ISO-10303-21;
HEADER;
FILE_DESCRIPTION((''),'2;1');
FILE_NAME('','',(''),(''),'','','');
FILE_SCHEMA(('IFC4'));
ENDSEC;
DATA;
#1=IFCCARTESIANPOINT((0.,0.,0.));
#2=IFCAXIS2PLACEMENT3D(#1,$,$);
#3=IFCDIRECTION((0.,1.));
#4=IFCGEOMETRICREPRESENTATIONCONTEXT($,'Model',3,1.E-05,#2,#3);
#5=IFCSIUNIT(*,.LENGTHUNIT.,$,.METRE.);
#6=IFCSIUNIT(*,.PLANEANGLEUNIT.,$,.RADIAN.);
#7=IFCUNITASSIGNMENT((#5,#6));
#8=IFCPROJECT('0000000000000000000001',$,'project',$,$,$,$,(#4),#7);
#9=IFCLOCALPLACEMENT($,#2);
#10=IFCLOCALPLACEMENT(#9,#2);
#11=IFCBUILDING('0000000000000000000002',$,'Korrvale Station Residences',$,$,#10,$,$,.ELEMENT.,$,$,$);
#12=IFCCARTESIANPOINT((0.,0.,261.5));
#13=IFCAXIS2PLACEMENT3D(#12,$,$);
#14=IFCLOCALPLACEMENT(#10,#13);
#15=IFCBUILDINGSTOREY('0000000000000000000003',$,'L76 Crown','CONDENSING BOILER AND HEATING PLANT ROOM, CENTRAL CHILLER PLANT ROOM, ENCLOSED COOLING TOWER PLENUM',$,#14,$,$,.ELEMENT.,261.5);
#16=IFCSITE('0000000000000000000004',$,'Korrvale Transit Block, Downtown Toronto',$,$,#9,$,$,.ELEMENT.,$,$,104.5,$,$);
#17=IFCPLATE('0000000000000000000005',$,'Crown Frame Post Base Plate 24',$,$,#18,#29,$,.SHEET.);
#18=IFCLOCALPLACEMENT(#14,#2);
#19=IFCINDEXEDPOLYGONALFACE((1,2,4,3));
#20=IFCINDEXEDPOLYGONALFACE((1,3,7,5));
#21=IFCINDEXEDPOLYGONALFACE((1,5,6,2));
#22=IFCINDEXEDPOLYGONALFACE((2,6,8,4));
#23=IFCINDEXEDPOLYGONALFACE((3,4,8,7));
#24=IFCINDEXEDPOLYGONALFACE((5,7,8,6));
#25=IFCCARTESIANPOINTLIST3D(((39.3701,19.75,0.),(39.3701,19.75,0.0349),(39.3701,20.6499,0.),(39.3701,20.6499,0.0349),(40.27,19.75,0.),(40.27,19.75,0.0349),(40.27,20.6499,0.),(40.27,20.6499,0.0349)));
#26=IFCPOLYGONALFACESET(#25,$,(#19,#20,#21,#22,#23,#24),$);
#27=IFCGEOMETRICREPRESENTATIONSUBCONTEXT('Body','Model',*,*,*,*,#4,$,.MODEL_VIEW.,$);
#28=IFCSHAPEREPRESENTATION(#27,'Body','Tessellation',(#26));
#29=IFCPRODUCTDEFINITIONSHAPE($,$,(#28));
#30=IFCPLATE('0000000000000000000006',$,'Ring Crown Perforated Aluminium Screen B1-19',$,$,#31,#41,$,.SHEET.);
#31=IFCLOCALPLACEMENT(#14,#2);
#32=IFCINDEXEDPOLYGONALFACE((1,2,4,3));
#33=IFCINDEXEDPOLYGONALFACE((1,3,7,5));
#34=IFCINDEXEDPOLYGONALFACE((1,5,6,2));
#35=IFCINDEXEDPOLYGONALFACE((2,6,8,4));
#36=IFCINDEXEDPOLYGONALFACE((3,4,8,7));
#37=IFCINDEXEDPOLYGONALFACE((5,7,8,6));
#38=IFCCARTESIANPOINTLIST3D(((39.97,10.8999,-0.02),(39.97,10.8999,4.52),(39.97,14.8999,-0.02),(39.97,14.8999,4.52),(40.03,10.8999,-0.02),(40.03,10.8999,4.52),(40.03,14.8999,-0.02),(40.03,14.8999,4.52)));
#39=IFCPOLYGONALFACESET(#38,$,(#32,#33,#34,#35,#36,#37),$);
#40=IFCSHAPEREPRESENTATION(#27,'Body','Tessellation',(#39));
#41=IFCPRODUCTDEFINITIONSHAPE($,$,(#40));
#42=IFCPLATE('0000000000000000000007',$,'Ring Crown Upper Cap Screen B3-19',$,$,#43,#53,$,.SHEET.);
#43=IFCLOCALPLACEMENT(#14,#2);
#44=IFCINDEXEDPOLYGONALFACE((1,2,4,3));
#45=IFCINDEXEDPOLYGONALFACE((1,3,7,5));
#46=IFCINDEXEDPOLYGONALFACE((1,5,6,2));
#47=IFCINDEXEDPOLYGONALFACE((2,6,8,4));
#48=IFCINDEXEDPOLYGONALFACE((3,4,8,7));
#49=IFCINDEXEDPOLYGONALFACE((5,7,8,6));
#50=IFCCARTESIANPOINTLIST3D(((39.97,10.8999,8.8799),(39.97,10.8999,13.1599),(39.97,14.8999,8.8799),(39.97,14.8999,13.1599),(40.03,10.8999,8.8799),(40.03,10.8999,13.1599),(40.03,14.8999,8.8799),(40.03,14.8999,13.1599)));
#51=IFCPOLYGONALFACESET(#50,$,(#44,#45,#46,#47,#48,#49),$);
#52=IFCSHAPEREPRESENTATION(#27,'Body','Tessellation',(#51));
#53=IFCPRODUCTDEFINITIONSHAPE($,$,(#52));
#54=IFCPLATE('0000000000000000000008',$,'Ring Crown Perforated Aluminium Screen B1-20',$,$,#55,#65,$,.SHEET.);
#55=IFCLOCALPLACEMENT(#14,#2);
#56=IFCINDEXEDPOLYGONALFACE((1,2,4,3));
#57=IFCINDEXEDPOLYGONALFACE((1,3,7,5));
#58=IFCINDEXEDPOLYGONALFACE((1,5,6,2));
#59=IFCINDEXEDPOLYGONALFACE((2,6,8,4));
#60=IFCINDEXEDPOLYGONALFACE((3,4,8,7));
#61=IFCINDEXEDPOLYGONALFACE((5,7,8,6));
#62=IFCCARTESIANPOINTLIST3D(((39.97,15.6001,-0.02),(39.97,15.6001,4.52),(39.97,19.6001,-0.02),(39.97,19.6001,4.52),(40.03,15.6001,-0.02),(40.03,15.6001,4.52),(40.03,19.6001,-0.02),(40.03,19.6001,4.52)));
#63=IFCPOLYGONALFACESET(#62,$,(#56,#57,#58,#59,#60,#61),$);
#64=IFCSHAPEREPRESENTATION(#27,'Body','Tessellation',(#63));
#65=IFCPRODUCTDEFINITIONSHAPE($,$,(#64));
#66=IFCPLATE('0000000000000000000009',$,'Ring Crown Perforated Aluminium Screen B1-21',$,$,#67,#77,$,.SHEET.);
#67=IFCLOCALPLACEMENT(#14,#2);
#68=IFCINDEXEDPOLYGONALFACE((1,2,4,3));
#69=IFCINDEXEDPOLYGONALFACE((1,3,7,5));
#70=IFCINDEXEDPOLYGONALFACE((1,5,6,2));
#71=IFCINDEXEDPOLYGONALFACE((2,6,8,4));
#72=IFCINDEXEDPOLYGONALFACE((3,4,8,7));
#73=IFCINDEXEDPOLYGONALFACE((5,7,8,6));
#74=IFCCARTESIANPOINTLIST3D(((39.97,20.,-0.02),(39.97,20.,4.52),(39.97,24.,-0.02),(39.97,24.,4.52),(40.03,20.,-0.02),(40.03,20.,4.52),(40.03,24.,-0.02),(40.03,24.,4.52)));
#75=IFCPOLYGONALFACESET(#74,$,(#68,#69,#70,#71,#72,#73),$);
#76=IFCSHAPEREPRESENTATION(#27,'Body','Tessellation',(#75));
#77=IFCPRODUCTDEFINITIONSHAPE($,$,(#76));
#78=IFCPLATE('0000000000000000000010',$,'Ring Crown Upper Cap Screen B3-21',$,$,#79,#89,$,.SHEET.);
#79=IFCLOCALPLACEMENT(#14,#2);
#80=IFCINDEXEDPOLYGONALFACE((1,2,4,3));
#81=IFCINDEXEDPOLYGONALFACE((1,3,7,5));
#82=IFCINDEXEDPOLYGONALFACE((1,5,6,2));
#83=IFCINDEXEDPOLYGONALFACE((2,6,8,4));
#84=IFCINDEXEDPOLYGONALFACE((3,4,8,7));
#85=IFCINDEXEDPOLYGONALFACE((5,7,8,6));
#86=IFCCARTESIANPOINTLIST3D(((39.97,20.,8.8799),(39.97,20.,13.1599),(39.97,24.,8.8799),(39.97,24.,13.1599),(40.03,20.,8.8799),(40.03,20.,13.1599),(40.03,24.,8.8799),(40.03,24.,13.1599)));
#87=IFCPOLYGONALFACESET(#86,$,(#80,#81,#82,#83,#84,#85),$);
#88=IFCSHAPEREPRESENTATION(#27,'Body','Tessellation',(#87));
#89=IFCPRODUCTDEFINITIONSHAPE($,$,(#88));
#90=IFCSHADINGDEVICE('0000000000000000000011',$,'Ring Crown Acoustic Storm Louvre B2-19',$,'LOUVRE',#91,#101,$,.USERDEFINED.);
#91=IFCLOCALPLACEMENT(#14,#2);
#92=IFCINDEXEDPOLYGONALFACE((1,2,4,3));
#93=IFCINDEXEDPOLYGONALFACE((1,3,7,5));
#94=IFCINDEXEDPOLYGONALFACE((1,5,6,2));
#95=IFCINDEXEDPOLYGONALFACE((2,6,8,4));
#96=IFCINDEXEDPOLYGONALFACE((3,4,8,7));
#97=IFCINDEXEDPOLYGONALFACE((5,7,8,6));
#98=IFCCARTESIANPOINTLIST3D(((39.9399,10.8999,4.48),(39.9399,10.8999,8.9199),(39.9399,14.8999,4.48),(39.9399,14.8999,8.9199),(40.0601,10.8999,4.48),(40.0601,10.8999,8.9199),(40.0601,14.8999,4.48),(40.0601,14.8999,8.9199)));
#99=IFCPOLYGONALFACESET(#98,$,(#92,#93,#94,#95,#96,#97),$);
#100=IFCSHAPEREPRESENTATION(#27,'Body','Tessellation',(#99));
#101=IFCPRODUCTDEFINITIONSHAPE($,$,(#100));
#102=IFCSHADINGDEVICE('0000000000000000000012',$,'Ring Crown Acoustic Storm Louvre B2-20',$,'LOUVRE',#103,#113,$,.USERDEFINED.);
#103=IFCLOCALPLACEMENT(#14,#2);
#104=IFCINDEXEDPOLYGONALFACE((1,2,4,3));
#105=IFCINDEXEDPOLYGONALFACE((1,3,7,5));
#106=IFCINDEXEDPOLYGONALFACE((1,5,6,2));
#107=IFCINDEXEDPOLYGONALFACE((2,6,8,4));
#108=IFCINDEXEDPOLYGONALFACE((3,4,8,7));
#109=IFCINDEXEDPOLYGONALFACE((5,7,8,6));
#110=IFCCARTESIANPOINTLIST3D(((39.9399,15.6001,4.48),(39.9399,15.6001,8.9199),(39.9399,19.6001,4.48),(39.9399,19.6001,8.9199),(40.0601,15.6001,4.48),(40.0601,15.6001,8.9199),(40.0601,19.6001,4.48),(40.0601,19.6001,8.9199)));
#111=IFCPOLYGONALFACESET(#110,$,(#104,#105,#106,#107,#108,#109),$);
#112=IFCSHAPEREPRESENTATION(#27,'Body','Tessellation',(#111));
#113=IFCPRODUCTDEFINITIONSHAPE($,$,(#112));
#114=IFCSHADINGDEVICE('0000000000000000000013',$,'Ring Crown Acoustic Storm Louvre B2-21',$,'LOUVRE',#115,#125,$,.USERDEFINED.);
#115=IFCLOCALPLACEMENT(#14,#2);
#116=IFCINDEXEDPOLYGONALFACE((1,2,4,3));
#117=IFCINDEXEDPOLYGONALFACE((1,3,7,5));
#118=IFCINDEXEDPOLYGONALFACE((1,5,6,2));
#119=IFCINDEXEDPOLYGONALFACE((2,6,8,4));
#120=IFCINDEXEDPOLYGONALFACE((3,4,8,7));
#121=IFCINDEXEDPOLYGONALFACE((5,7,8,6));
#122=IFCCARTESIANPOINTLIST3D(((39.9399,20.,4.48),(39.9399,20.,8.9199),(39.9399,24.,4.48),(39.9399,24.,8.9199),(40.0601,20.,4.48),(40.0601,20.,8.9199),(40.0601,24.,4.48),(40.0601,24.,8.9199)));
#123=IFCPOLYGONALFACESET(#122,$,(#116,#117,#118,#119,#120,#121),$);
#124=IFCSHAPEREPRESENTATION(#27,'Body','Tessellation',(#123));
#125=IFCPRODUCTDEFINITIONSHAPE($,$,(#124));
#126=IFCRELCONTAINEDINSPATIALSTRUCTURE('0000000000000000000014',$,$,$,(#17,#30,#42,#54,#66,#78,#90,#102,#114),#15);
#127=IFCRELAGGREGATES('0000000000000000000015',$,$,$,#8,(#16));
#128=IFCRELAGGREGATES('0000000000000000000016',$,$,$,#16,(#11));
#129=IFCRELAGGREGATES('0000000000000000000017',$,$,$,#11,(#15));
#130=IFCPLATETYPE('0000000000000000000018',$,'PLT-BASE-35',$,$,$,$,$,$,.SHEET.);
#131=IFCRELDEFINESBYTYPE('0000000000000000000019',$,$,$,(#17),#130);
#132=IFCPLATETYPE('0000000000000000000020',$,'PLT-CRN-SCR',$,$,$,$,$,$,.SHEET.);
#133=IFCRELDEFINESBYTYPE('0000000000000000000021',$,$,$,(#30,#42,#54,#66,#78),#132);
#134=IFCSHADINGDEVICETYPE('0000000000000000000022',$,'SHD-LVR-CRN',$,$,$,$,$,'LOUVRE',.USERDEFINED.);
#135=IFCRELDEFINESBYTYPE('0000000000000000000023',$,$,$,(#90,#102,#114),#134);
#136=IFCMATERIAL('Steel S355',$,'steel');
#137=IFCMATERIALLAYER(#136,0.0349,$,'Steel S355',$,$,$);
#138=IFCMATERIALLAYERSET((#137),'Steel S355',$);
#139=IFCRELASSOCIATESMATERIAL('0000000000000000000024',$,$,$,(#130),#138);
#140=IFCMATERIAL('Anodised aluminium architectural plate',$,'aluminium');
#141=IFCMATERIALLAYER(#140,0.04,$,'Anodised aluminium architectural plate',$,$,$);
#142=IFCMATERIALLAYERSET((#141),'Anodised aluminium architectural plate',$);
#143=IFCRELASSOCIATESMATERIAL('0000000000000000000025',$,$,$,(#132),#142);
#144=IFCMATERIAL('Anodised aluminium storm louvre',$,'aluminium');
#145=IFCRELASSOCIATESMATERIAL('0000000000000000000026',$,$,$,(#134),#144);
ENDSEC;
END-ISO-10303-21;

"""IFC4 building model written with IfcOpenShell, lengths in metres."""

from ifc_helpers import new_model, si_unit, direction, frame, origin, origin_2d, place, context, subcontext, project, spatial, rectangle, extrude, material, layer, layer_set, type_object, element, save


model = new_model("IFC4")

# Units and contexts
model_context = context("Model", 3, precision=1e-05, world=origin(), true_north=direction((0.0, 1.0)))
body_context = subcontext(model_context, "Body", "Model", "MODEL_VIEW")
ifc_project = project(units=[si_unit("LENGTHUNIT", "METRE"), si_unit("PLANEANGLEUNIT", "RADIAN")], contexts=[model_context])

# Site, building, storey
site_placement = place(None, origin())
site = spatial("IfcSite", under=ifc_project, at=site_placement, Name="Korrvale Transit Block, Downtown Toronto", CompositionType="ELEMENT", RefElevation=104.5)
building_placement = place(site_placement, origin())
building = spatial("IfcBuilding", under=site, at=building_placement, Name="Korrvale Station Residences", CompositionType="ELEMENT")
storey_placement = place(building_placement, frame((0.0, 0.0, 261.5)))
storey = spatial("IfcBuildingStorey", under=building, at=storey_placement, Name="L76 Crown", Description="CONDENSING BOILER AND HEATING PLANT ROOM, CENTRAL CHILLER PLANT ROOM, ENCLOSED COOLING TOWER PLENUM", CompositionType="ELEMENT", Elevation=261.5)

# Shared definitions
ifc_material_1 = material(Name="Steel S355", Category="steel")

# Plates
ifc_layer_1 = layer(ifc_material_1, 0.0349, Name="Steel S355")
ifc_layer_set_1 = layer_set([ifc_layer_1], Name="Steel S355")
plate_type_1 = type_object("IfcPlateType", Name="PLT-BASE-35", PredefinedType="SHEET", material=ifc_layer_set_1)
plate_1_placement = place(storey_placement, frame((39.8201, 20.2, 0.0), z_axis=(0.0, 0.0, 1.0), x_axis=(1.0, 0.0, 0.0)))
element("IfcPlate", 1, at=plate_1_placement, inside=storey, type_object=plate_type_1, Name="Crown Frame Post Base Plate 24", PredefinedType="SHEET", context=body_context, shape_type="SweptSolid", body=[
    extrude(rectangle(XDim=0.8999, YDim=0.8999, at=origin_2d()), origin(), (0.0, 0.0, 1.0), 0.0349),
])
ifc_material_2 = material(Name="Anodised aluminium architectural plate", Category="aluminium")
ifc_layer_2 = layer(ifc_material_2, 0.04, Name="Anodised aluminium architectural plate")
ifc_layer_set_2 = layer_set([ifc_layer_2], Name="Anodised aluminium architectural plate")
plate_type_2 = type_object("IfcPlateType", Name="PLT-CRN-SCR", PredefinedType="SHEET", material=ifc_layer_set_2)
plate_2_placement = place(storey_placement, frame((40.0, 12.8999, -0.02), z_axis=(0.0, 0.0, 1.0), x_axis=(0.0, 1.0, 0.0)))
element("IfcPlate", 2, at=plate_2_placement, inside=storey, type_object=plate_type_2, Name="Ring Crown Perforated Aluminium Screen B1-19", PredefinedType="SHEET", context=body_context, shape_type="SweptSolid", body=[
    extrude(rectangle(XDim=4.0, YDim=0.0601, at=origin_2d()), origin(), (0.0, 0.0, 1.0), 4.54),
])
plate_3_placement = place(storey_placement, frame((40.0, 12.8999, 8.8799), z_axis=(0.0, 0.0, 1.0), x_axis=(0.0, 1.0, 0.0)))
element("IfcPlate", 3, at=plate_3_placement, inside=storey, type_object=plate_type_2, Name="Ring Crown Upper Cap Screen B3-19", PredefinedType="SHEET", context=body_context, shape_type="SweptSolid", body=[
    extrude(rectangle(XDim=4.0, YDim=0.0601, at=origin_2d()), origin(), (0.0, 0.0, 1.0), 4.28),
])
for number, where, z_axis, x_axis, name in (
    (4, (40.0, 17.6001, -0.02), (0.0, 0.0, 1.0), (0.0, 1.0, 0.0), "Ring Crown Perforated Aluminium Screen B1-20"),
    (5, (40.0, 22.0, -0.02), (0.0, 0.0, 1.0), (0.0, 1.0, 0.0), "Ring Crown Perforated Aluminium Screen B1-21"),
):
    element("IfcPlate", number, at=place(storey_placement, frame(where, z_axis=z_axis, x_axis=x_axis)), inside=storey, type_object=plate_type_2, Name=name, PredefinedType="SHEET", context=body_context, shape_type="SweptSolid", body=[
        extrude(rectangle(XDim=4.0, YDim=0.0601, at=origin_2d()), origin(), (0.0, 0.0, 1.0), 4.54),
    ])
plate_4_placement = place(storey_placement, frame((40.0, 22.0, 8.8799), z_axis=(0.0, 0.0, 1.0), x_axis=(0.0, 1.0, 0.0)))
element("IfcPlate", 6, at=plate_4_placement, inside=storey, type_object=plate_type_2, Name="Ring Crown Upper Cap Screen B3-21", PredefinedType="SHEET", context=body_context, shape_type="SweptSolid", body=[
    extrude(rectangle(XDim=4.0, YDim=0.0601, at=origin_2d()), origin(), (0.0, 0.0, 1.0), 4.28),
])

# Shading devices
ifc_material_3 = material(Name="Anodised aluminium storm louvre", Category="aluminium")
shading_device_type = type_object("IfcShadingDeviceType", Name="SHD-LVR-CRN", ElementType="LOUVRE", PredefinedType="USERDEFINED", material=ifc_material_3)
for number, where, z_axis, x_axis, name in (
    (7, (40.0, 12.8999, 4.48), (0.0, 0.0, 1.0), (0.0, 1.0, 0.0), "Ring Crown Acoustic Storm Louvre B2-19"),
    (8, (40.0, 17.6001, 4.48), (0.0, 0.0, 1.0), (0.0, 1.0, 0.0), "Ring Crown Acoustic Storm Louvre B2-20"),
    (9, (40.0, 22.0, 4.48), (0.0, 0.0, 1.0), (0.0, 1.0, 0.0), "Ring Crown Acoustic Storm Louvre B2-21"),
):
    element("IfcShadingDevice", number, at=place(storey_placement, frame(where, z_axis=z_axis, x_axis=x_axis)), inside=storey, type_object=shading_device_type, Name=name, ObjectType="LOUVRE", PredefinedType="USERDEFINED", context=body_context, shape_type="SweptSolid", body=[
        extrude(rectangle(XDim=4.0, YDim=0.1201, at=origin_2d()), origin(), (0.0, 0.0, 1.0), 4.4399),
    ])

save(model, "model.ifc")
